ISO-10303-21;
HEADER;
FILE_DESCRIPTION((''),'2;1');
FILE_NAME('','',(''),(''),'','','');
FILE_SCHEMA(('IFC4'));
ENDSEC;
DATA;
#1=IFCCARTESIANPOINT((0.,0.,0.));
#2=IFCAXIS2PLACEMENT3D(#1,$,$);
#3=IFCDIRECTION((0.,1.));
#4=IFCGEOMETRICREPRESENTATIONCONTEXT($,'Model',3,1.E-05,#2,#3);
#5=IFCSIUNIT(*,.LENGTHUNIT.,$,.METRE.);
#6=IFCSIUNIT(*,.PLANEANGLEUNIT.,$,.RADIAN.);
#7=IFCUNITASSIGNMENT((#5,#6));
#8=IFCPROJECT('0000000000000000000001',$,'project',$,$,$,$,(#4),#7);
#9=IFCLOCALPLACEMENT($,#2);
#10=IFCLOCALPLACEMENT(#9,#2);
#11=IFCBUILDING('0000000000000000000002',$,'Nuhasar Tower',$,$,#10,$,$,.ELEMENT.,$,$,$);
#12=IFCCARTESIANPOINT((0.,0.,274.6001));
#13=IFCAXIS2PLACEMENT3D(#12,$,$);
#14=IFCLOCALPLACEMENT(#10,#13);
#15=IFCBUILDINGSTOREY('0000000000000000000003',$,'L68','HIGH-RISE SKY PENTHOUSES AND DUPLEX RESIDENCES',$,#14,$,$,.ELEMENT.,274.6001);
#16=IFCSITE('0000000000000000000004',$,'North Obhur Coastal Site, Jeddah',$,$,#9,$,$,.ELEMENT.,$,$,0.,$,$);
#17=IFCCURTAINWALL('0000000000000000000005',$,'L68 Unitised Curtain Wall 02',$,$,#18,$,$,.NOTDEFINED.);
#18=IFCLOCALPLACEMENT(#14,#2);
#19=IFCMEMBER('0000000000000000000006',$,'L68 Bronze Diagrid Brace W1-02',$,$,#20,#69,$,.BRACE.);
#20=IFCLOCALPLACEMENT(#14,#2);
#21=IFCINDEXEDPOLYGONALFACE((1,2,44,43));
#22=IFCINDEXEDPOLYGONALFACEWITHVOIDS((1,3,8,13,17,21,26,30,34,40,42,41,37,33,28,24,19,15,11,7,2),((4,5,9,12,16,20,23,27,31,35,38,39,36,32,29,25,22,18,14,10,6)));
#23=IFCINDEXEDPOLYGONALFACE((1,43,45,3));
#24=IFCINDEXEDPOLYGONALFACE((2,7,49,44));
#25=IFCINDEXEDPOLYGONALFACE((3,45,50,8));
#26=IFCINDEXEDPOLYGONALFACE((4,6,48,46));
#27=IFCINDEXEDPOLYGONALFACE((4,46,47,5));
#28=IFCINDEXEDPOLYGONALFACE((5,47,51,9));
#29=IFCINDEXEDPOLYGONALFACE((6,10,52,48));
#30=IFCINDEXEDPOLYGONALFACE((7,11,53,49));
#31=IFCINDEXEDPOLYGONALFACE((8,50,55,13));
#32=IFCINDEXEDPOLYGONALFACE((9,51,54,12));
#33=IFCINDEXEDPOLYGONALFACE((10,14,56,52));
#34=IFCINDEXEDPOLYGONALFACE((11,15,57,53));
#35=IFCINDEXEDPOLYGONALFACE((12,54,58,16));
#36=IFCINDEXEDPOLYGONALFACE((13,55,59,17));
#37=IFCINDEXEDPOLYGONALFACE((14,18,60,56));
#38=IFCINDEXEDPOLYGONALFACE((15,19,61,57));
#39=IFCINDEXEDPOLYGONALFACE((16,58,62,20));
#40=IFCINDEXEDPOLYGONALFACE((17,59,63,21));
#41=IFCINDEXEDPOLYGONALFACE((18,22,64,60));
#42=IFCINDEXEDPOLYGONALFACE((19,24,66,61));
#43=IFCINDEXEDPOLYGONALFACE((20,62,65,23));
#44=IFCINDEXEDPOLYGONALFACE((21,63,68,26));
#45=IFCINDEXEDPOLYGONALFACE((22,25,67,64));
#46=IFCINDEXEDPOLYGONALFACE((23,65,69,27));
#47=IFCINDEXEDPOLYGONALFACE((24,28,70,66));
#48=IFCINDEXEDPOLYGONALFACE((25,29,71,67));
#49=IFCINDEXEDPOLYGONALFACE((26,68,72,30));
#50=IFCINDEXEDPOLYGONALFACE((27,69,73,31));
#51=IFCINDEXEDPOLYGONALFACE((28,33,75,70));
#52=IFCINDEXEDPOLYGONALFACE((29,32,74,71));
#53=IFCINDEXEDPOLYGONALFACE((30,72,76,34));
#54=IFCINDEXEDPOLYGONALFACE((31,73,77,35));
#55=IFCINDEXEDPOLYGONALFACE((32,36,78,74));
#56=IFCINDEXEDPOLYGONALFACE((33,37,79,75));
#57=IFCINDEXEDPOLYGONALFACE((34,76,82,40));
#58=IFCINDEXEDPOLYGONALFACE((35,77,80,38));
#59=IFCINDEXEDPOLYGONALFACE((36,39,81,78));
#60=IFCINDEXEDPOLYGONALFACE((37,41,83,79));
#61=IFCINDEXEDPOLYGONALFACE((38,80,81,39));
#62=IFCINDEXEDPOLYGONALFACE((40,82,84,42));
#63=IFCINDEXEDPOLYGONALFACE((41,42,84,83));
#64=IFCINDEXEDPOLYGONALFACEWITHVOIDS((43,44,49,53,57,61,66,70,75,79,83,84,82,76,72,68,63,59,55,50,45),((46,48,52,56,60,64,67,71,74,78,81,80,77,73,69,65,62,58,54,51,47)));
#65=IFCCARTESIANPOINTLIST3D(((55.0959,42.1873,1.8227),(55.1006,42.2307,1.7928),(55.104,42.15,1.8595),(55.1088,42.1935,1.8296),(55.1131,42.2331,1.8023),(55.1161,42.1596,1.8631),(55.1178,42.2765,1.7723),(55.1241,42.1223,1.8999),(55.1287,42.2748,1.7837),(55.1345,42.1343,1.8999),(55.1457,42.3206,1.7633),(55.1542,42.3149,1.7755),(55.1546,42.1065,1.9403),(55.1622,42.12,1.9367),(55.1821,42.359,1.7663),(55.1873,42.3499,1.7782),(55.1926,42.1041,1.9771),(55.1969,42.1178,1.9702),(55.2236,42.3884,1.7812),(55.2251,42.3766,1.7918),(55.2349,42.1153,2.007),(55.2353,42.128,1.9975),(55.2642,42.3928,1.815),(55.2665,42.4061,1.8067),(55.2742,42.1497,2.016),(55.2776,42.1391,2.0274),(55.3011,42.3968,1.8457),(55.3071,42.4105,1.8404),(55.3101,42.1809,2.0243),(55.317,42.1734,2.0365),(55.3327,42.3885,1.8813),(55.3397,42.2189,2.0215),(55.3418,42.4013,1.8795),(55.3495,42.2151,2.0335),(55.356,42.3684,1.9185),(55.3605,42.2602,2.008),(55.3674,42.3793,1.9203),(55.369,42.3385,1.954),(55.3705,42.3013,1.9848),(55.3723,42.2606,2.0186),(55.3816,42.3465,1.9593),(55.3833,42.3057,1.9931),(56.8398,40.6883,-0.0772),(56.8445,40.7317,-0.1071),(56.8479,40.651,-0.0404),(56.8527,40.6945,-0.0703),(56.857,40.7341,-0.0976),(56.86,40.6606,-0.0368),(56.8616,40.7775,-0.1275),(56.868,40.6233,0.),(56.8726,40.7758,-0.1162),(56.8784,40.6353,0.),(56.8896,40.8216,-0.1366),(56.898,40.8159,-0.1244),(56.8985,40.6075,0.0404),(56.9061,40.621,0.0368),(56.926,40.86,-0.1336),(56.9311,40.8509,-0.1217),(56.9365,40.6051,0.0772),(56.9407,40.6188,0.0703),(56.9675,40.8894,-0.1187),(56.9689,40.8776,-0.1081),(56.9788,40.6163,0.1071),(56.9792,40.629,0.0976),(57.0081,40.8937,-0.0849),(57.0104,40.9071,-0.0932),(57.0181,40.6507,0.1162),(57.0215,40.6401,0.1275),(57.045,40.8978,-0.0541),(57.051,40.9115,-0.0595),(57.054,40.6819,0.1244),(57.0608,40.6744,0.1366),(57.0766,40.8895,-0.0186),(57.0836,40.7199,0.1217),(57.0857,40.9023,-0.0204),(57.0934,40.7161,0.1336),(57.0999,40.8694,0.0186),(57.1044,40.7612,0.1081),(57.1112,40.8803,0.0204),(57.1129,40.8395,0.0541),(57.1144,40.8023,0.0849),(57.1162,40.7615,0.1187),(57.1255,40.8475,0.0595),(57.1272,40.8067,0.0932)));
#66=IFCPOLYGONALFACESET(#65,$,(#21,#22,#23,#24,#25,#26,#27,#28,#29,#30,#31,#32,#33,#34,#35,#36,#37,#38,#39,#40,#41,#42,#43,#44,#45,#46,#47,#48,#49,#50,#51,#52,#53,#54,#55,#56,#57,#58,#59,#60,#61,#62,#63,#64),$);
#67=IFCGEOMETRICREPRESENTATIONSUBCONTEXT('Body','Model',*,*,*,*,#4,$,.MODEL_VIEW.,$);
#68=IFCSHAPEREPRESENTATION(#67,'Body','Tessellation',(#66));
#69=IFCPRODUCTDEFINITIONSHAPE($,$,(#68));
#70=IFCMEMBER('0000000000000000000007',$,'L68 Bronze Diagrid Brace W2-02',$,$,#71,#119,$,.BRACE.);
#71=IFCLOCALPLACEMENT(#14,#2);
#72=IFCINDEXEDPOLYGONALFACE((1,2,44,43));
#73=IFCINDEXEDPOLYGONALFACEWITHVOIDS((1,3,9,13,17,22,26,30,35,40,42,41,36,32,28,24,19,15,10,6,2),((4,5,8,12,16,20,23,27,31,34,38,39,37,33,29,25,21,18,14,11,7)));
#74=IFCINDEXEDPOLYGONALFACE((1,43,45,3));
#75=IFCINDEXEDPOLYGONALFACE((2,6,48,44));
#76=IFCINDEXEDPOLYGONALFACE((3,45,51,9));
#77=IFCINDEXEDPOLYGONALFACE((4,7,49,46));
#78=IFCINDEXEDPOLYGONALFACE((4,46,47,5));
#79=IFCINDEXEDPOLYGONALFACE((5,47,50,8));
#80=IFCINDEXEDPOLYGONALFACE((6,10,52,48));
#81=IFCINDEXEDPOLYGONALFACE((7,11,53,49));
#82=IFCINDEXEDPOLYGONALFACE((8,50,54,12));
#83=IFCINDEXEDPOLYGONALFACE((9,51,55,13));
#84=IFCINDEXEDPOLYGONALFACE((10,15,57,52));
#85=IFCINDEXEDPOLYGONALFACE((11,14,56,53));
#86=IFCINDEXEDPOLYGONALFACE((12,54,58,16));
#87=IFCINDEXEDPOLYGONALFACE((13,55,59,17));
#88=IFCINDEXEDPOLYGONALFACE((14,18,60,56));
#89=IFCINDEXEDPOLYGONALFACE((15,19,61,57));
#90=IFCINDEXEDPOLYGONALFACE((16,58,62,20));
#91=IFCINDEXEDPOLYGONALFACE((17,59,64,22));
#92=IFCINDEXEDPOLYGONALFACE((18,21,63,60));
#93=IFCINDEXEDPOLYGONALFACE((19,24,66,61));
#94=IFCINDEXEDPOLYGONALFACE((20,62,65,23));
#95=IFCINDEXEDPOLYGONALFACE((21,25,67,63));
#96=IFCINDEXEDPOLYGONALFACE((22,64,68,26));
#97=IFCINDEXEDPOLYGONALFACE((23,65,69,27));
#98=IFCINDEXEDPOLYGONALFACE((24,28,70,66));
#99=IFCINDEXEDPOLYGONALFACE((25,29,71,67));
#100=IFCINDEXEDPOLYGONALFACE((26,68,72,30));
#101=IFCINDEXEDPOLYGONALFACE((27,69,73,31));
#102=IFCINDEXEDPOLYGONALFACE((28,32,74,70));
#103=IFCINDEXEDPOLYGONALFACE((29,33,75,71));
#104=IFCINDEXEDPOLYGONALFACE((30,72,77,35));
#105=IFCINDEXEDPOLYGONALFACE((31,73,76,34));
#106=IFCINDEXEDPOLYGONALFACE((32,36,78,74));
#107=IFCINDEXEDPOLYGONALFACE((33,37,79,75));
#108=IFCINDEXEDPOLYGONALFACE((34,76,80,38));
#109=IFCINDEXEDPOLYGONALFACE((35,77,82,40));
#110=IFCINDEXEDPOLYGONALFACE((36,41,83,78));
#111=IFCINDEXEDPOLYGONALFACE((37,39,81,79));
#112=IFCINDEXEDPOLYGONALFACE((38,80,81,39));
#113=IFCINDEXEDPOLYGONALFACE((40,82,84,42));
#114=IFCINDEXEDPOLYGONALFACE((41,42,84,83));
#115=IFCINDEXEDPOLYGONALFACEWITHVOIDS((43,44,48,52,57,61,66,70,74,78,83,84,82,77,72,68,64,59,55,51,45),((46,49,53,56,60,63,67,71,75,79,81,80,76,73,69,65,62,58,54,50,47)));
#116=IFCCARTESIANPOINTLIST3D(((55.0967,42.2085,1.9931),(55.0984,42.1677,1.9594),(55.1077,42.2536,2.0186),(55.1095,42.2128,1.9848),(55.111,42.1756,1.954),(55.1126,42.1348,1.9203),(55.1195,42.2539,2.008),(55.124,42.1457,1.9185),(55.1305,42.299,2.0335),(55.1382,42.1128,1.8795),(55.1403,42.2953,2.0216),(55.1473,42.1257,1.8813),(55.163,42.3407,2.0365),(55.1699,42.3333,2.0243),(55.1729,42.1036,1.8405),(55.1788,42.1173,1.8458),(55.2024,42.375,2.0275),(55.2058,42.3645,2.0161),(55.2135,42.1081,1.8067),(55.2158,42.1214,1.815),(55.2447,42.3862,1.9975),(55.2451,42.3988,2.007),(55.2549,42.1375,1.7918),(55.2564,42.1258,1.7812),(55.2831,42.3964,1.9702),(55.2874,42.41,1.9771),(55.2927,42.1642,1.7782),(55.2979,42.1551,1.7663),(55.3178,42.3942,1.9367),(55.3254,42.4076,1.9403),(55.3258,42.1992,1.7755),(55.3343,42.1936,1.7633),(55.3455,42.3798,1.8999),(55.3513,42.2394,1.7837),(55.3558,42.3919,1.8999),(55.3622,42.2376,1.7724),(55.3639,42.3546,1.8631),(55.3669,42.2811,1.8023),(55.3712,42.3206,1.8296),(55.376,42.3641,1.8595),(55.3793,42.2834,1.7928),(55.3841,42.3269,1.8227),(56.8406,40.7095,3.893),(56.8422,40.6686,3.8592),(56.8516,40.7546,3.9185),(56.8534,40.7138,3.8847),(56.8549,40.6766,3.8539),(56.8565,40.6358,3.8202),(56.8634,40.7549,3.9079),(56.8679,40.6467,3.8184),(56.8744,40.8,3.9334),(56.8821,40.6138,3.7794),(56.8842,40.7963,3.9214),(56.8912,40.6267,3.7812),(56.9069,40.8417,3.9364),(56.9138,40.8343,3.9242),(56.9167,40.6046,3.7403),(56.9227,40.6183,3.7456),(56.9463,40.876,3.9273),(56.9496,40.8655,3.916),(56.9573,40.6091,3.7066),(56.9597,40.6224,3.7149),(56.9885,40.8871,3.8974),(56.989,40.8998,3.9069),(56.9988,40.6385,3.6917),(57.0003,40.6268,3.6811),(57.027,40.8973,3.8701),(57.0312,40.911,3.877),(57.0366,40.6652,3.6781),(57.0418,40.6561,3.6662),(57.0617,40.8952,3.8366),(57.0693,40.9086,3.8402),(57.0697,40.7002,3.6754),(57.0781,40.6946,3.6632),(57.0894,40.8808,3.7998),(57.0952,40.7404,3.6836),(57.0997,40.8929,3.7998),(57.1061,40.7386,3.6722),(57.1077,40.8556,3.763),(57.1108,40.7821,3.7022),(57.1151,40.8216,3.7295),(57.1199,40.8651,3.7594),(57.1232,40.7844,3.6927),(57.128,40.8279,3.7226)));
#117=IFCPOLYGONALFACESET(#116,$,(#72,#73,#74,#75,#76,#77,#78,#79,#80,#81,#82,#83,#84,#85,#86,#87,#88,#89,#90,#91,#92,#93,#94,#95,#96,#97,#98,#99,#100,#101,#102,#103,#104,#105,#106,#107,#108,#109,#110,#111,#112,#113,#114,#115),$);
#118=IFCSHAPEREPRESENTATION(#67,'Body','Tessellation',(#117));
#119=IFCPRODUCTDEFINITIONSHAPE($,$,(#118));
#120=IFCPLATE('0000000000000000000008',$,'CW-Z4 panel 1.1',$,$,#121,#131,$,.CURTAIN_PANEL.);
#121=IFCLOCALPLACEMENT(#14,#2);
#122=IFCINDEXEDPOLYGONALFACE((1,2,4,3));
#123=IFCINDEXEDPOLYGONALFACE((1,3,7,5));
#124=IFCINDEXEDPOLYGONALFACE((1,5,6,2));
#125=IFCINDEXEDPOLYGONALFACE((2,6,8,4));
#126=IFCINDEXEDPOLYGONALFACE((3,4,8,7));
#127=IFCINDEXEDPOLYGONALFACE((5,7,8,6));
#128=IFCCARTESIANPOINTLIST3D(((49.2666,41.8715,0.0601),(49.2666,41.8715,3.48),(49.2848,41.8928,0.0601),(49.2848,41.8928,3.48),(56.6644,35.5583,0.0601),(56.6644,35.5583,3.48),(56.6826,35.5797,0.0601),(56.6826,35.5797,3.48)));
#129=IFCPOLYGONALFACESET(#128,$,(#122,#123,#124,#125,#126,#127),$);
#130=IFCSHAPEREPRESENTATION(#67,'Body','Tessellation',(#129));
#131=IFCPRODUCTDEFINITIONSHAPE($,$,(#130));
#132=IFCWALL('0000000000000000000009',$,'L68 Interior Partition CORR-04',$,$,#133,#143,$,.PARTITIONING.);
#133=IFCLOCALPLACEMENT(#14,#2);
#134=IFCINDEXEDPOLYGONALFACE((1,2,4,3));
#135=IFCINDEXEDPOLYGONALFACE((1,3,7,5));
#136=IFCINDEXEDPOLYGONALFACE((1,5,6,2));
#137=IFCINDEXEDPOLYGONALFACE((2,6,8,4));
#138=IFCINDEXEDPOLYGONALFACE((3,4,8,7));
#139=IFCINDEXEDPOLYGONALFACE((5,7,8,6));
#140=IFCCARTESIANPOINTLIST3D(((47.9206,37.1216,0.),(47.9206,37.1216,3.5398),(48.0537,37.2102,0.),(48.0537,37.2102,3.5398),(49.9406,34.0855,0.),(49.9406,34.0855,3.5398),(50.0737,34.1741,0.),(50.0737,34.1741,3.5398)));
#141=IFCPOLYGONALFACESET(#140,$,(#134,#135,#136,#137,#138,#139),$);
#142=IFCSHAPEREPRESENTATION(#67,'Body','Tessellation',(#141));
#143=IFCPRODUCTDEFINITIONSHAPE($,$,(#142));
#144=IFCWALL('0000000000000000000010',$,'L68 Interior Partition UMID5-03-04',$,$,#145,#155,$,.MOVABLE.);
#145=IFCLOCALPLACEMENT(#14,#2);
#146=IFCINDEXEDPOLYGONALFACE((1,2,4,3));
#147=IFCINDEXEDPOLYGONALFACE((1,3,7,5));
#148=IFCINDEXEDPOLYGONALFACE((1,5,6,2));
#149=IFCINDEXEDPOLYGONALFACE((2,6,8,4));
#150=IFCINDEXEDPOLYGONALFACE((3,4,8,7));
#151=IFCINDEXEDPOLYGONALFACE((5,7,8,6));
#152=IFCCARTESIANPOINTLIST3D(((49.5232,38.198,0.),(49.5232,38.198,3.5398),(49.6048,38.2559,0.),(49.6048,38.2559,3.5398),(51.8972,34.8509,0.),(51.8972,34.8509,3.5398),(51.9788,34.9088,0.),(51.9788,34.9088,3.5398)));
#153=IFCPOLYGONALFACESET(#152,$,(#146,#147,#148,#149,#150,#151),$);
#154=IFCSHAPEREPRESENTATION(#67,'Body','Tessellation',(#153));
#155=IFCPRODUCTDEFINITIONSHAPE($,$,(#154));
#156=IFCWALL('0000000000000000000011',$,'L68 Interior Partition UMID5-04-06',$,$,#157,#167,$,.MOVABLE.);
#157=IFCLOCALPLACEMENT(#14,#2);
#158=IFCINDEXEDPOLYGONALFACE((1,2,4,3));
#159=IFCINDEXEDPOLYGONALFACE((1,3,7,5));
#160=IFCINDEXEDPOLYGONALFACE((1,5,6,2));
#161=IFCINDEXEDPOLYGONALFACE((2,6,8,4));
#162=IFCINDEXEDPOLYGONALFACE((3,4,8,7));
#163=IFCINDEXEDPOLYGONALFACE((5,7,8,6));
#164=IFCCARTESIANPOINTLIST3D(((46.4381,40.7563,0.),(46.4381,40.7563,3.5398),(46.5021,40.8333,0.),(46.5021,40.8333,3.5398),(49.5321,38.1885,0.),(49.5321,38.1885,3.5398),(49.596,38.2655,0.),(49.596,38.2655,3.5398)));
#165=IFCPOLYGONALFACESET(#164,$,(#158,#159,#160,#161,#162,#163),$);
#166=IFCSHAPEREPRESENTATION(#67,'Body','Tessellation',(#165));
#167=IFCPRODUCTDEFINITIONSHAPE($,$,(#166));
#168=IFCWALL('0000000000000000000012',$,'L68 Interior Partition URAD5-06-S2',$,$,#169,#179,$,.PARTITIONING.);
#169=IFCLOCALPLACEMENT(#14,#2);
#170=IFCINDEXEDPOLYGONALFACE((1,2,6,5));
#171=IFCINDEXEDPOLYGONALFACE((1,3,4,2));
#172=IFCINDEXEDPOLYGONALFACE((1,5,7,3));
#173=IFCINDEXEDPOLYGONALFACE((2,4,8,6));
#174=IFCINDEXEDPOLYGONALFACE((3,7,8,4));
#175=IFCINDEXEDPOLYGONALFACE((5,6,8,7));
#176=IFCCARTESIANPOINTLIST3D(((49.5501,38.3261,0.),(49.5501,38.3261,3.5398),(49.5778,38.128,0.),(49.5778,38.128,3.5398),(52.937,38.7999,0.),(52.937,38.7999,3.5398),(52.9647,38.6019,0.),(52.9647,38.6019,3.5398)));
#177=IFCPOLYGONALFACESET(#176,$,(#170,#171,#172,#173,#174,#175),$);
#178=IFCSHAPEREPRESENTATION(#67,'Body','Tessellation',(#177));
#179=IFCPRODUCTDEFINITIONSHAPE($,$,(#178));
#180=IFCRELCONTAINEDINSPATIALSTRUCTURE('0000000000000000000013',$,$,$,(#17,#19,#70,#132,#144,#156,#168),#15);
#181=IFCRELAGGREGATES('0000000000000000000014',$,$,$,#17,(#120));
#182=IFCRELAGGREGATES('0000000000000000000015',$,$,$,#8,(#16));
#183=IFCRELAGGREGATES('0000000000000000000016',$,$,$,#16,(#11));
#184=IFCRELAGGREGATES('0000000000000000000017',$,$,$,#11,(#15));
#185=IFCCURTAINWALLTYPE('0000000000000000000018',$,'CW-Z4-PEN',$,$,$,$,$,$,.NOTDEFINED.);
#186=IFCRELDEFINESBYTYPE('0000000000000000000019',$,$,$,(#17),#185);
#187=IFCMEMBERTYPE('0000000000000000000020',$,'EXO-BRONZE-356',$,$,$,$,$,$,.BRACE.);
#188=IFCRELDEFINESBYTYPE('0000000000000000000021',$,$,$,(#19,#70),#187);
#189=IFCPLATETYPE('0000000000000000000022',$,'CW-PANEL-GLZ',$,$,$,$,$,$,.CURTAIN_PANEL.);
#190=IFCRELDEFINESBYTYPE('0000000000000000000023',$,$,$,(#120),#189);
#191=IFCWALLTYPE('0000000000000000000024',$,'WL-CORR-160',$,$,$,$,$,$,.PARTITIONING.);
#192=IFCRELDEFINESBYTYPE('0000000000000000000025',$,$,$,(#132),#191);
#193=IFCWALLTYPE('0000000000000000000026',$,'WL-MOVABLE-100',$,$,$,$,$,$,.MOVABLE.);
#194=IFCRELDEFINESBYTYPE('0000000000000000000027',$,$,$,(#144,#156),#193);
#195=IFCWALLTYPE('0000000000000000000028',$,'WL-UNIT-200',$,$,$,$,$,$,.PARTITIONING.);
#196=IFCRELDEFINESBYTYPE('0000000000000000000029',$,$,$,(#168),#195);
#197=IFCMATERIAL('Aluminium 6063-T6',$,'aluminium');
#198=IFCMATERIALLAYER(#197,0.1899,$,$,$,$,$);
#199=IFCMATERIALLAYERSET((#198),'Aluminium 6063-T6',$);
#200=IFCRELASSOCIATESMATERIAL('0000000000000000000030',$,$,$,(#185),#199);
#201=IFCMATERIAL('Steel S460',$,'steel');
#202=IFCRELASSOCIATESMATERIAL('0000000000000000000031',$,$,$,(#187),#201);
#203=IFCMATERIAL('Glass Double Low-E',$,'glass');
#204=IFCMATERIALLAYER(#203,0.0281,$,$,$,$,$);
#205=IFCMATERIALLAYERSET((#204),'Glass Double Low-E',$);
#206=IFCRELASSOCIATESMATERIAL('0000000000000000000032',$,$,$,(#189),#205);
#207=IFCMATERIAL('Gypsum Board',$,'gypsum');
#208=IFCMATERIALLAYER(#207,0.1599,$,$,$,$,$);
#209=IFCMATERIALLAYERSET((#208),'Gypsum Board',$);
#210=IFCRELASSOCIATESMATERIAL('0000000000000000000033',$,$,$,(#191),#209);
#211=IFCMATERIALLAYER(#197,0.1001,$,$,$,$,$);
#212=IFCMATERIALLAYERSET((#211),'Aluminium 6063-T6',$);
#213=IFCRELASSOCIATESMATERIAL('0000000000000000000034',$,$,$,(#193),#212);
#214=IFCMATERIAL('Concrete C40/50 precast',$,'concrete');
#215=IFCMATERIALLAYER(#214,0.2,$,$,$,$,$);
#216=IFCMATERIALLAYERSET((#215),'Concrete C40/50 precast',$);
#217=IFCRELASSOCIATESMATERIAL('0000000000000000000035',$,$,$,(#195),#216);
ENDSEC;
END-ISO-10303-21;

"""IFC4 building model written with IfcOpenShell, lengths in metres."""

from ifc_helpers import new_model, si_unit, direction, frame, frame_2d, origin, origin_2d, place, context, subcontext, project, spatial, rectangle, hollow_circle, extrude, material, layer, layer_set, material_profile, profile_set, type_object, element, aggregate, save


model = new_model("IFC4")

# Units and contexts
model_context = context("Model", 3, precision=1e-05, world=origin(), true_north=direction((0.0, 1.0)))
body_context = subcontext(model_context, "Body", "Model", "MODEL_VIEW")
ifc_project = project(units=[si_unit("LENGTHUNIT", "METRE"), si_unit("PLANEANGLEUNIT", "RADIAN")], contexts=[model_context])

# Site, building, storey
site_placement = place(None, origin())
site = spatial("IfcSite", under=ifc_project, at=site_placement, Name="North Obhur Coastal Site, Jeddah", CompositionType="ELEMENT", RefElevation=0.0)
building_placement = place(site_placement, origin())
building = spatial("IfcBuilding", under=site, at=building_placement, Name="Nuhasar Tower", CompositionType="ELEMENT")
storey_placement = place(building_placement, frame((0.0, 0.0, 274.6001)))
storey = spatial("IfcBuildingStorey", under=building, at=storey_placement, Name="L68", Description="HIGH-RISE SKY PENTHOUSES AND DUPLEX RESIDENCES", CompositionType="ELEMENT", Elevation=274.6001)

# Shared definitions
ifc_material_1 = material(Name="Aluminium 6063-T6", Category="aluminium")
ifc_layer_1 = layer(ifc_material_1, 0.1899)
ifc_layer_set_1 = layer_set([ifc_layer_1], Name="Aluminium 6063-T6")
curtain_wall_type = type_object("IfcCurtainWallType", Name="CW-Z4-PEN", PredefinedType="NOTDEFINED", material=ifc_layer_set_1)

# Curtain wall
curtain_wall_1_placement = place(storey_placement, origin())
curtain_wall_1 = element("IfcCurtainWall", 1, at=curtain_wall_1_placement, inside=storey, type_object=curtain_wall_type, Name="L68 Unitised Curtain Wall 02", PredefinedType="NOTDEFINED")

# Members
ifc_material_2 = material(Name="Steel S460", Category="steel")
ifc_material_profile_1 = material_profile(ifc_material_2, hollow_circle(Radius=0.1777, WallThickness=0.0159, at=origin_2d()), Name="HSS355.6X15.9")
ifc_profile_set_1 = profile_set([ifc_material_profile_1], Name="Steel S460")
member_type_1 = type_object("IfcMemberType", Name="EXO-BRONZE-356", PredefinedType="BRACE", material=ifc_profile_set_1)
for number, where, z_axis, x_axis, name in (
    (2, (56.9839, 40.7581, 0.0), (-0.584625, 0.502534, 0.636925), (-0.651857, -0.758342, 0.0), "L68 Bronze Diagrid Brace W1-02"),
    (3, (55.24, 42.2571, 1.8999), (0.584625, -0.502534, 0.636925), (0.651857, 0.758342, 0.0), "L68 Bronze Diagrid Brace W2-02"),
):
    element("IfcMember", number, at=place(storey_placement, frame(where, z_axis=z_axis, x_axis=x_axis)), inside=storey, type_object=member_type_1, Name=name, PredefinedType="BRACE", context=body_context, shape_type="SweptSolid", body=[
        extrude(hollow_circle(Radius=0.1777, WallThickness=0.0159, at=origin_2d()), origin(), (0.0, 0.0, 1.0), 2.9829),
    ])

# Plate
ifc_material_3 = material(Name="Glass Double Low-E", Category="glass")
ifc_layer_2 = layer(ifc_material_3, 0.0281)
ifc_layer_set_2 = layer_set([ifc_layer_2], Name="Glass Double Low-E")
plate_type = type_object("IfcPlateType", Name="CW-PANEL-GLZ", PredefinedType="CURTAIN_PANEL", material=ifc_layer_set_2)
plate_placement = place(storey_placement, frame((52.9746, 38.7256, 0.0601), z_axis=(0.0, 0.0, 1.0), x_axis=(-0.760667, 0.649142, 0.0)))
plate = element("IfcPlate", 4, at=plate_placement, type_object=plate_type, Name="CW-Z4 panel 1.1", PredefinedType="CURTAIN_PANEL", context=body_context, shape_type="SweptSolid", body=[
    extrude(rectangle(XDim=9.7253, YDim=0.0281, at=origin_2d()), origin(), (0.0, 0.0, 1.0), 3.4199),
])
aggregate(curtain_wall_1, [plate])

# Walls
ifc_material_4 = material(Name="Gypsum Board", Category="gypsum")
ifc_layer_3 = layer(ifc_material_4, 0.1599)
ifc_layer_set_3 = layer_set([ifc_layer_3], Name="Gypsum Board")
wall_type_1 = type_object("IfcWallType", Name="WL-CORR-160", PredefinedType="PARTITIONING", material=ifc_layer_set_3)
wall_1_placement = place(storey_placement, frame((50.0071, 34.1299, 0.0), z_axis=(0.0, 0.0, 1.0), x_axis=(-0.553927, 0.832565, 0.0)))
element("IfcWall", 5, at=wall_1_placement, inside=storey, type_object=wall_type_1, Name="L68 Interior Partition CORR-04", PredefinedType="PARTITIONING", context=body_context, shape_type="SweptSolid", body=[
    extrude(rectangle(XDim=3.6467, YDim=0.1599, at=frame_2d((1.8232, 0.0))), origin(), (0.0, 0.0, 1.0), 3.5398),
])
ifc_layer_4 = layer(ifc_material_1, 0.1001)
ifc_layer_set_4 = layer_set([ifc_layer_4], Name="Aluminium 6063-T6")
wall_type_2 = type_object("IfcWallType", Name="WL-MOVABLE-100", PredefinedType="MOVABLE", material=ifc_layer_set_4)
wall_2_placement = place(storey_placement, frame((51.938, 34.8799, 0.0), z_axis=(0.0, 0.0, 1.0), x_axis=(-0.578522, 0.815667, 0.0)))
element("IfcWall", 6, at=wall_2_placement, inside=storey, type_object=wall_type_2, Name="L68 Interior Partition UMID5-03-04", PredefinedType="MOVABLE", context=body_context, shape_type="SweptSolid", body=[
    extrude(rectangle(XDim=4.1035, YDim=0.1001, at=frame_2d((2.0518, 0.0))), origin(), (0.0, 0.0, 1.0), 3.5398),
])
wall_3_placement = place(storey_placement, frame((49.564, 38.2271, 0.0), z_axis=(0.0, 0.0, 1.0), x_axis=(-0.769499, 0.638648, 0.0)))
element("IfcWall", 7, at=wall_3_placement, inside=storey, type_object=wall_type_2, Name="L68 Interior Partition UMID5-04-06", PredefinedType="MOVABLE", context=body_context, shape_type="SweptSolid", body=[
    extrude(rectangle(XDim=4.0208, YDim=0.1001, at=frame_2d((2.0103, 0.0))), origin(), (0.0, 0.0, 1.0), 3.5398),
])
ifc_material_5 = material(Name="Concrete C40/50 precast", Category="concrete")
ifc_layer_5 = layer(ifc_material_5, 0.2)
ifc_layer_set_5 = layer_set([ifc_layer_5], Name="Concrete C40/50 precast")
wall_type_3 = type_object("IfcWallType", Name="WL-UNIT-200", PredefinedType="PARTITIONING", material=ifc_layer_set_5)
wall_4_placement = place(storey_placement, frame((49.564, 38.2271, 0.0), z_axis=(0.0, 0.0, 1.0), x_axis=(0.990354, 0.138562, 0.0)))
element("IfcWall", 8, at=wall_4_placement, inside=storey, type_object=wall_type_3, Name="L68 Interior Partition URAD5-06-S2", PredefinedType="PARTITIONING", context=body_context, shape_type="SweptSolid", body=[
    extrude(rectangle(XDim=3.4199, YDim=0.2, at=frame_2d((1.71, 0.0))), origin(), (0.0, 0.0, 1.0), 3.5398),
])

save(model, "model.ifc")
